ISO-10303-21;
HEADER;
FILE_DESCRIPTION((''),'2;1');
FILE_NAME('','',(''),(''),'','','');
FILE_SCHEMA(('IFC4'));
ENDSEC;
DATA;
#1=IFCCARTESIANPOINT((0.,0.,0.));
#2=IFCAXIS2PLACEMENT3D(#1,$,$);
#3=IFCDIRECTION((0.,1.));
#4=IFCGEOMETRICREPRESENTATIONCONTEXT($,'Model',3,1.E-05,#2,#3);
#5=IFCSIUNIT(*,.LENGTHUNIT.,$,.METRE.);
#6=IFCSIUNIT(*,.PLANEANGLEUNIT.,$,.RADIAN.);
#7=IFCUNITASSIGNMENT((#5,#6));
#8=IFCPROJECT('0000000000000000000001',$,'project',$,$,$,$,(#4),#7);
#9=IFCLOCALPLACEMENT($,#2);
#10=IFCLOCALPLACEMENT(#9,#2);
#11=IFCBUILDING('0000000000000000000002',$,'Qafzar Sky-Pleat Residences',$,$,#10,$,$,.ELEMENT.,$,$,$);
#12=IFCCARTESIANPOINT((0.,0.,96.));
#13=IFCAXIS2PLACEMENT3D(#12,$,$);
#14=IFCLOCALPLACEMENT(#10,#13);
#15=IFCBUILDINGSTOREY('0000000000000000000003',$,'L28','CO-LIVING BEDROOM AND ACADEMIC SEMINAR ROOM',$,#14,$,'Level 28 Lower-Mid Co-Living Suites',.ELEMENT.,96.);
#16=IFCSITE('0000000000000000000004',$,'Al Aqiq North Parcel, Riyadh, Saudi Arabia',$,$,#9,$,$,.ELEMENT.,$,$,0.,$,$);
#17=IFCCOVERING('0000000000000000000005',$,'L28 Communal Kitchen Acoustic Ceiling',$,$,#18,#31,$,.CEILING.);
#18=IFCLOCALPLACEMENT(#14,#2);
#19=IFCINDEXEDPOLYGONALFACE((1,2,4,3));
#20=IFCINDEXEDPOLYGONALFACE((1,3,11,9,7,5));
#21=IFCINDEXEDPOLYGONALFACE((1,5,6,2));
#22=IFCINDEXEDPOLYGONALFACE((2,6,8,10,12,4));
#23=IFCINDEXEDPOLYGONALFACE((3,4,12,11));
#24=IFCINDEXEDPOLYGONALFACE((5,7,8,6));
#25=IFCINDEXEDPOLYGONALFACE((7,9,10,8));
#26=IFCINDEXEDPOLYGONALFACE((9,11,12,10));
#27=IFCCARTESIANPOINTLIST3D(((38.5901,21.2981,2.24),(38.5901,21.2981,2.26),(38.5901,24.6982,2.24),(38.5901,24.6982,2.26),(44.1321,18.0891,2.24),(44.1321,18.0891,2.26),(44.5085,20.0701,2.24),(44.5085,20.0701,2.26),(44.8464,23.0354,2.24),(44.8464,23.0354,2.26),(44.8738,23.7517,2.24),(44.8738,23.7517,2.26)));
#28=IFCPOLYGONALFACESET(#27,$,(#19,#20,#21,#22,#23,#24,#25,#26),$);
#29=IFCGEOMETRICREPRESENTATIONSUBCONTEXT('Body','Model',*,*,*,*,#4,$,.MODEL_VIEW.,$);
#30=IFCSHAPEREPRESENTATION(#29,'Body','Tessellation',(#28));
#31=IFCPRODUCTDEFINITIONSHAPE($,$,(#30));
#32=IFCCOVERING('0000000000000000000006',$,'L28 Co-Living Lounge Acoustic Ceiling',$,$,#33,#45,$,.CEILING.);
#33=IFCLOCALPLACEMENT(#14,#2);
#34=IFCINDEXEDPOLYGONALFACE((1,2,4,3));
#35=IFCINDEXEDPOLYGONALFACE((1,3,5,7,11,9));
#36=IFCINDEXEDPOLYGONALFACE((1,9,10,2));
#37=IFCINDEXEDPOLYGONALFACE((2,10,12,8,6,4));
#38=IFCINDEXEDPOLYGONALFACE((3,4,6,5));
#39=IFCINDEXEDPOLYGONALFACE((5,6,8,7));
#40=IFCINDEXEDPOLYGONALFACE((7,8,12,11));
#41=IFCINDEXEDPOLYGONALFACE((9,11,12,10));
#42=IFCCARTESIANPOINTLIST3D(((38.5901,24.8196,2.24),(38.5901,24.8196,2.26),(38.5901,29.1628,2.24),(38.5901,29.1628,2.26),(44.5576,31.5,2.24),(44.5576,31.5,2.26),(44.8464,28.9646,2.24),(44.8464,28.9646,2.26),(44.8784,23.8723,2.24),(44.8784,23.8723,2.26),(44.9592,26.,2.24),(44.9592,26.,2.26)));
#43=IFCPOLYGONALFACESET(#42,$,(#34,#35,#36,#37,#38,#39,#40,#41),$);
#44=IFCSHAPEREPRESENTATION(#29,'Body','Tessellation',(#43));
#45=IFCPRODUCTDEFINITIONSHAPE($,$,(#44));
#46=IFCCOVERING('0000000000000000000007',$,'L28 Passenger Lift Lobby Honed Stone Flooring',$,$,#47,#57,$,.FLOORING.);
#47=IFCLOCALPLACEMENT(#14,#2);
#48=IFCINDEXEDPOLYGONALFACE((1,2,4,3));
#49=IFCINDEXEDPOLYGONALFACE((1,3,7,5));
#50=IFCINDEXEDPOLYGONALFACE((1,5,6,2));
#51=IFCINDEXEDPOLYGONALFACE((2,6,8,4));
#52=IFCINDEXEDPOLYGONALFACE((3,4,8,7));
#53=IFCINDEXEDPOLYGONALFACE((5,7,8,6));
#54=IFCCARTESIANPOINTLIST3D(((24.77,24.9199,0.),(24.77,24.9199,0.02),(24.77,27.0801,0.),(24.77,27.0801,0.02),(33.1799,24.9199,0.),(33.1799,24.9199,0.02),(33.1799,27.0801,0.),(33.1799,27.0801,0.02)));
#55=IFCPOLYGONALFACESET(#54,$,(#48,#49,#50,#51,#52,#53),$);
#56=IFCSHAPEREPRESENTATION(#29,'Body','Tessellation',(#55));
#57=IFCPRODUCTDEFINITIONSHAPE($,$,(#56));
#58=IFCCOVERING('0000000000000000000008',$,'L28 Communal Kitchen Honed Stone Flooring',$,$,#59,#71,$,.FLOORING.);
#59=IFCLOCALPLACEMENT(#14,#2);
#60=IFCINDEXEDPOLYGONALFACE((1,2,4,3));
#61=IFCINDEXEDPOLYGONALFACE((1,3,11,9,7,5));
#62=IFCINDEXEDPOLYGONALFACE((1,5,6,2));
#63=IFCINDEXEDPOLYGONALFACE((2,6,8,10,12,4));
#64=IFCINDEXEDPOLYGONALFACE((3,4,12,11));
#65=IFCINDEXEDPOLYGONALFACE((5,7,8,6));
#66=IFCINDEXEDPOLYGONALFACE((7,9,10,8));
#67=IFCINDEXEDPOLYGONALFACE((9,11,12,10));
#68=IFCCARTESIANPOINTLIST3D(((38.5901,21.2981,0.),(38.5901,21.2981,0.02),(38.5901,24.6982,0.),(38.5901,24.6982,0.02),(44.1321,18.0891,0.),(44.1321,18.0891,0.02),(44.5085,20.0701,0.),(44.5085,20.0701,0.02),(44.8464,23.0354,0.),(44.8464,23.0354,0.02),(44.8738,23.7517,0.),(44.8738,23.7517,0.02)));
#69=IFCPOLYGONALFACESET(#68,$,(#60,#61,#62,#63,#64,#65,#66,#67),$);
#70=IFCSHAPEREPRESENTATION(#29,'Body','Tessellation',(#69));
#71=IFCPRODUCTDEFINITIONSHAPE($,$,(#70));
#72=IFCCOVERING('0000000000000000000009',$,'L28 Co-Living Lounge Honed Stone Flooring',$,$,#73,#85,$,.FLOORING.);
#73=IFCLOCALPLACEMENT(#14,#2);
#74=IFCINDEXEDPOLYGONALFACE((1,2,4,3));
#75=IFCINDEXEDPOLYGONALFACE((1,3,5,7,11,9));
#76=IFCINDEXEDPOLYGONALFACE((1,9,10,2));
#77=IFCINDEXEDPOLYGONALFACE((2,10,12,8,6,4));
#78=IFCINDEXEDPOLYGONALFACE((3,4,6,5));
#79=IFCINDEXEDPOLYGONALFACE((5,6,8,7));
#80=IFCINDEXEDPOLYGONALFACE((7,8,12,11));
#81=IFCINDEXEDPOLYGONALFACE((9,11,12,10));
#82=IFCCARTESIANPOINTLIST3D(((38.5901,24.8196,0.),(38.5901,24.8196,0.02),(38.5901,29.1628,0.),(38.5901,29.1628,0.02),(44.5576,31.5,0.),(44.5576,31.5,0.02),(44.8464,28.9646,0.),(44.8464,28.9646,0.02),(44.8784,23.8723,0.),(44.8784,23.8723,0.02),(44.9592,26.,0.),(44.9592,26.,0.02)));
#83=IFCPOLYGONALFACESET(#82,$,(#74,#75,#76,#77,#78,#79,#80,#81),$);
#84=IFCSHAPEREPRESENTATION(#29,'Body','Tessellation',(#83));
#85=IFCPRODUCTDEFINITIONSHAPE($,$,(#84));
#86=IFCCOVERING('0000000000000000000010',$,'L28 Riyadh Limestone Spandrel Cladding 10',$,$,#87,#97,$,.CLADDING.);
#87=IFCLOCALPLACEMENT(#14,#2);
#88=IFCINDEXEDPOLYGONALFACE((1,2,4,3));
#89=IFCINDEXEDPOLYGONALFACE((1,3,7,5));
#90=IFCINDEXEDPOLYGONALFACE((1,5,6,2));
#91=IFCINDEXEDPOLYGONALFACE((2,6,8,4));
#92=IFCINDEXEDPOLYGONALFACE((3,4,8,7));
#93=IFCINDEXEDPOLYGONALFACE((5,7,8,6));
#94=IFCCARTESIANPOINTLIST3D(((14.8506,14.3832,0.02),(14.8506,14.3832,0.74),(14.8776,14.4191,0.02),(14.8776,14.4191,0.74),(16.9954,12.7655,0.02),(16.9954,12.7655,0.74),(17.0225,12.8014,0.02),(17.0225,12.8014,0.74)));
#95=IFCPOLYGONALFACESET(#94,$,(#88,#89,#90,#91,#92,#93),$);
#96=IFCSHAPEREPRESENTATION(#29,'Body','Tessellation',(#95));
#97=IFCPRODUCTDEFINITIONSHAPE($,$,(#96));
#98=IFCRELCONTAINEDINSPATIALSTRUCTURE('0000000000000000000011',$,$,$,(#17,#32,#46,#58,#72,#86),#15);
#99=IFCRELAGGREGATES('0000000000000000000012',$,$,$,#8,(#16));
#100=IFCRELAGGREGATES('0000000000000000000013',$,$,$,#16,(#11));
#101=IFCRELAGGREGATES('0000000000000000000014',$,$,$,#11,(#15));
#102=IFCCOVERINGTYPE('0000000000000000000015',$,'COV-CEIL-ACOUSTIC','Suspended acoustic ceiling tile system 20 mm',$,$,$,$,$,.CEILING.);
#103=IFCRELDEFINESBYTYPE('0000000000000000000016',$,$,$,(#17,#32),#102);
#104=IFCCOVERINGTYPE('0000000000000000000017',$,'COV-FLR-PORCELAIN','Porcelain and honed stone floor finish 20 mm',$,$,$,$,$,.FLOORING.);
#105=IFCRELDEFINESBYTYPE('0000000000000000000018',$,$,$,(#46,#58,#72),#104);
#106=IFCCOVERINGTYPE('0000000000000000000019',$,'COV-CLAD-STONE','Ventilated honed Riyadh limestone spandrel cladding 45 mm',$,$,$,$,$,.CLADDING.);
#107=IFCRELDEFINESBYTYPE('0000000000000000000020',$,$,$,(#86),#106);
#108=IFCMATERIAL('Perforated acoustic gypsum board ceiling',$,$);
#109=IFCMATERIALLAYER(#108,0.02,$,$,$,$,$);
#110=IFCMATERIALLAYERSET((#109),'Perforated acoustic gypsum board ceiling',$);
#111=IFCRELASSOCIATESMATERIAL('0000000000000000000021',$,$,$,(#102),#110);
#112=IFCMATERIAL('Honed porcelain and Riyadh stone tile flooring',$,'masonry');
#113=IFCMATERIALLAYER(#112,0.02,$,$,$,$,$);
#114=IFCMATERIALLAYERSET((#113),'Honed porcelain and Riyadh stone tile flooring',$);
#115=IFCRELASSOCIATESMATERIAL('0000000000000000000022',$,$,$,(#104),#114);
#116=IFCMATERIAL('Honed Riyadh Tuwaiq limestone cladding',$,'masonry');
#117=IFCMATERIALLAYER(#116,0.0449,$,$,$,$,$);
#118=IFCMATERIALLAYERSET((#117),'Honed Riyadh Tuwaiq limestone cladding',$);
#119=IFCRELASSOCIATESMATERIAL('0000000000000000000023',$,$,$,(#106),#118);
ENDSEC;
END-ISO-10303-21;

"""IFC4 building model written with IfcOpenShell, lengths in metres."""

from ifc_helpers import new_model, si_unit, direction, frame, origin, origin_2d, place, context, subcontext, project, spatial, polyline, rectangle, outline, extrude, source, transform, mapped, material, layer, layer_set, type_object, element, save


model = new_model("IFC4")

# Units and contexts
model_context = context("Model", 3, precision=1e-05, world=origin(), true_north=direction((0.0, 1.0)))
body_context = subcontext(model_context, "Body", "Model", "MODEL_VIEW")
ifc_project = project(units=[si_unit("LENGTHUNIT", "METRE"), si_unit("PLANEANGLEUNIT", "RADIAN")], contexts=[model_context])

# Site, building, storey
site_placement = place(None, origin())
site = spatial("IfcSite", under=ifc_project, at=site_placement, Name="Al Aqiq North Parcel, Riyadh, Saudi Arabia", CompositionType="ELEMENT", RefElevation=0.0)
building_placement = place(site_placement, origin())
building = spatial("IfcBuilding", under=site, at=building_placement, Name="Qafzar Sky-Pleat Residences", CompositionType="ELEMENT")
storey_placement = place(building_placement, frame((0.0, 0.0, 96.0)))
storey = spatial("IfcBuildingStorey", under=building, at=storey_placement, Name="L28", Description="CO-LIVING BEDROOM AND ACADEMIC SEMINAR ROOM", LongName="Level 28 Lower-Mid Co-Living Suites", CompositionType="ELEMENT", Elevation=96.0)

# Coverings
ifc_material_1 = material(Name="Perforated acoustic gypsum board ceiling")
ifc_layer_1 = layer(ifc_material_1, 0.02)
ifc_layer_set_1 = layer_set([ifc_layer_1], Name="Perforated acoustic gypsum board ceiling")
covering_type_1 = type_object("IfcCoveringType", Name="COV-CEIL-ACOUSTIC", Description="Suspended acoustic ceiling tile system 20 mm", PredefinedType="CEILING", material=ifc_layer_set_1)
covering_1_placement = place(storey_placement, frame((0.0, 0.0, 2.24)))
element("IfcCovering", 1, at=covering_1_placement, inside=storey, type_object=covering_type_1, Name="L28 Communal Kitchen Acoustic Ceiling", PredefinedType="CEILING", context=body_context, shape_type="SweptSolid", body=[
    extrude(outline(polyline([(44.8464, 23.0354), (44.5085, 20.0701), (44.1321, 18.0891), (38.5901, 21.2981), (38.5901, 24.6982), (44.8738, 23.7517), (44.8464, 23.0354)])), origin(), (0.0, 0.0, 1.0), 0.02),
])
covering_2_placement = place(storey_placement, frame((0.0, 0.0, 2.24)))
element("IfcCovering", 2, at=covering_2_placement, inside=storey, type_object=covering_type_1, Name="L28 Co-Living Lounge Acoustic Ceiling", PredefinedType="CEILING", context=body_context, shape_type="SweptSolid", body=[
    extrude(outline(polyline([(44.8464, 28.9646), (44.9592, 26.0), (44.8784, 23.8723), (38.5901, 24.8196), (38.5901, 29.1628), (44.5576, 31.5), (44.8464, 28.9646)])), origin(), (0.0, 0.0, 1.0), 0.02),
])
ifc_material_2 = material(Name="Honed porcelain and Riyadh stone tile flooring", Category="masonry")
ifc_layer_2 = layer(ifc_material_2, 0.02)
ifc_layer_set_2 = layer_set([ifc_layer_2], Name="Honed porcelain and Riyadh stone tile flooring")
covering_type_2 = type_object("IfcCoveringType", Name="COV-FLR-PORCELAIN", Description="Porcelain and honed stone floor finish 20 mm", PredefinedType="FLOORING", material=ifc_layer_set_2)
covering_3_placement = place(storey_placement, origin())
element("IfcCovering", 3, at=covering_3_placement, inside=storey, type_object=covering_type_2, Name="L28 Passenger Lift Lobby Honed Stone Flooring", PredefinedType="FLOORING", context=body_context, shape_type="SweptSolid", body=[
    extrude(outline(polyline([(33.1799, 24.9199), (24.77, 24.9199), (24.77, 27.0801), (33.1799, 27.0801), (33.1799, 24.9199)])), origin(), (0.0, 0.0, 1.0), 0.02),
])
covering_4_placement = place(storey_placement, origin())
element("IfcCovering", 4, at=covering_4_placement, inside=storey, type_object=covering_type_2, Name="L28 Communal Kitchen Honed Stone Flooring", PredefinedType="FLOORING", context=body_context, shape_type="SweptSolid", body=[
    extrude(outline(polyline([(44.8464, 23.0354), (44.5085, 20.0701), (44.1321, 18.0891), (38.5901, 21.2981), (38.5901, 24.6982), (44.8738, 23.7517), (44.8464, 23.0354)])), origin(), (0.0, 0.0, 1.0), 0.02),
])
covering_5_placement = place(storey_placement, origin())
element("IfcCovering", 5, at=covering_5_placement, inside=storey, type_object=covering_type_2, Name="L28 Co-Living Lounge Honed Stone Flooring", PredefinedType="FLOORING", context=body_context, shape_type="SweptSolid", body=[
    extrude(outline(polyline([(44.8464, 28.9646), (44.9592, 26.0), (44.8784, 23.8723), (38.5901, 24.8196), (38.5901, 29.1628), (44.5576, 31.5), (44.8464, 28.9646)])), origin(), (0.0, 0.0, 1.0), 0.02),
])
ifc_material_3 = material(Name="Honed Riyadh Tuwaiq limestone cladding", Category="masonry")
ifc_layer_3 = layer(ifc_material_3, 0.0449)
ifc_layer_set_3 = layer_set([ifc_layer_3], Name="Honed Riyadh Tuwaiq limestone cladding")
covering_type_3 = type_object("IfcCoveringType", Name="COV-CLAD-STONE", Description="Ventilated honed Riyadh limestone spandrel cladding 45 mm", PredefinedType="CLADDING", material=ifc_layer_set_3)
shared_shape_1 = source(origin(), body_context, "Body", "SweptSolid", [
    extrude(rectangle(XDim=2.6865, YDim=0.0449, at=origin_2d()), origin(), (0.0, 0.0, 1.0), 0.72),
])
covering_6_placement = place(storey_placement, frame((15.9365, 13.5923, 0.02), z_axis=(0.0, 0.0, 1.0), x_axis=(0.798389, -0.602142, 0.0)))
element("IfcCovering", 6, at=covering_6_placement, inside=storey, type_object=covering_type_3, Name="L28 Riyadh Limestone Spandrel Cladding 10", PredefinedType="CLADDING", context=body_context, shape_type="MappedRepresentation", body=[
    mapped(shared_shape_1, transform((0.0, 0.0, 0.0), x_axis=(1.0, 0.0, 0.0), y_axis=(0.0, 1.0, 0.0), z_axis=(0.0, 0.0, 1.0), scale=1.0)),
])

save(model, "model.ifc")
